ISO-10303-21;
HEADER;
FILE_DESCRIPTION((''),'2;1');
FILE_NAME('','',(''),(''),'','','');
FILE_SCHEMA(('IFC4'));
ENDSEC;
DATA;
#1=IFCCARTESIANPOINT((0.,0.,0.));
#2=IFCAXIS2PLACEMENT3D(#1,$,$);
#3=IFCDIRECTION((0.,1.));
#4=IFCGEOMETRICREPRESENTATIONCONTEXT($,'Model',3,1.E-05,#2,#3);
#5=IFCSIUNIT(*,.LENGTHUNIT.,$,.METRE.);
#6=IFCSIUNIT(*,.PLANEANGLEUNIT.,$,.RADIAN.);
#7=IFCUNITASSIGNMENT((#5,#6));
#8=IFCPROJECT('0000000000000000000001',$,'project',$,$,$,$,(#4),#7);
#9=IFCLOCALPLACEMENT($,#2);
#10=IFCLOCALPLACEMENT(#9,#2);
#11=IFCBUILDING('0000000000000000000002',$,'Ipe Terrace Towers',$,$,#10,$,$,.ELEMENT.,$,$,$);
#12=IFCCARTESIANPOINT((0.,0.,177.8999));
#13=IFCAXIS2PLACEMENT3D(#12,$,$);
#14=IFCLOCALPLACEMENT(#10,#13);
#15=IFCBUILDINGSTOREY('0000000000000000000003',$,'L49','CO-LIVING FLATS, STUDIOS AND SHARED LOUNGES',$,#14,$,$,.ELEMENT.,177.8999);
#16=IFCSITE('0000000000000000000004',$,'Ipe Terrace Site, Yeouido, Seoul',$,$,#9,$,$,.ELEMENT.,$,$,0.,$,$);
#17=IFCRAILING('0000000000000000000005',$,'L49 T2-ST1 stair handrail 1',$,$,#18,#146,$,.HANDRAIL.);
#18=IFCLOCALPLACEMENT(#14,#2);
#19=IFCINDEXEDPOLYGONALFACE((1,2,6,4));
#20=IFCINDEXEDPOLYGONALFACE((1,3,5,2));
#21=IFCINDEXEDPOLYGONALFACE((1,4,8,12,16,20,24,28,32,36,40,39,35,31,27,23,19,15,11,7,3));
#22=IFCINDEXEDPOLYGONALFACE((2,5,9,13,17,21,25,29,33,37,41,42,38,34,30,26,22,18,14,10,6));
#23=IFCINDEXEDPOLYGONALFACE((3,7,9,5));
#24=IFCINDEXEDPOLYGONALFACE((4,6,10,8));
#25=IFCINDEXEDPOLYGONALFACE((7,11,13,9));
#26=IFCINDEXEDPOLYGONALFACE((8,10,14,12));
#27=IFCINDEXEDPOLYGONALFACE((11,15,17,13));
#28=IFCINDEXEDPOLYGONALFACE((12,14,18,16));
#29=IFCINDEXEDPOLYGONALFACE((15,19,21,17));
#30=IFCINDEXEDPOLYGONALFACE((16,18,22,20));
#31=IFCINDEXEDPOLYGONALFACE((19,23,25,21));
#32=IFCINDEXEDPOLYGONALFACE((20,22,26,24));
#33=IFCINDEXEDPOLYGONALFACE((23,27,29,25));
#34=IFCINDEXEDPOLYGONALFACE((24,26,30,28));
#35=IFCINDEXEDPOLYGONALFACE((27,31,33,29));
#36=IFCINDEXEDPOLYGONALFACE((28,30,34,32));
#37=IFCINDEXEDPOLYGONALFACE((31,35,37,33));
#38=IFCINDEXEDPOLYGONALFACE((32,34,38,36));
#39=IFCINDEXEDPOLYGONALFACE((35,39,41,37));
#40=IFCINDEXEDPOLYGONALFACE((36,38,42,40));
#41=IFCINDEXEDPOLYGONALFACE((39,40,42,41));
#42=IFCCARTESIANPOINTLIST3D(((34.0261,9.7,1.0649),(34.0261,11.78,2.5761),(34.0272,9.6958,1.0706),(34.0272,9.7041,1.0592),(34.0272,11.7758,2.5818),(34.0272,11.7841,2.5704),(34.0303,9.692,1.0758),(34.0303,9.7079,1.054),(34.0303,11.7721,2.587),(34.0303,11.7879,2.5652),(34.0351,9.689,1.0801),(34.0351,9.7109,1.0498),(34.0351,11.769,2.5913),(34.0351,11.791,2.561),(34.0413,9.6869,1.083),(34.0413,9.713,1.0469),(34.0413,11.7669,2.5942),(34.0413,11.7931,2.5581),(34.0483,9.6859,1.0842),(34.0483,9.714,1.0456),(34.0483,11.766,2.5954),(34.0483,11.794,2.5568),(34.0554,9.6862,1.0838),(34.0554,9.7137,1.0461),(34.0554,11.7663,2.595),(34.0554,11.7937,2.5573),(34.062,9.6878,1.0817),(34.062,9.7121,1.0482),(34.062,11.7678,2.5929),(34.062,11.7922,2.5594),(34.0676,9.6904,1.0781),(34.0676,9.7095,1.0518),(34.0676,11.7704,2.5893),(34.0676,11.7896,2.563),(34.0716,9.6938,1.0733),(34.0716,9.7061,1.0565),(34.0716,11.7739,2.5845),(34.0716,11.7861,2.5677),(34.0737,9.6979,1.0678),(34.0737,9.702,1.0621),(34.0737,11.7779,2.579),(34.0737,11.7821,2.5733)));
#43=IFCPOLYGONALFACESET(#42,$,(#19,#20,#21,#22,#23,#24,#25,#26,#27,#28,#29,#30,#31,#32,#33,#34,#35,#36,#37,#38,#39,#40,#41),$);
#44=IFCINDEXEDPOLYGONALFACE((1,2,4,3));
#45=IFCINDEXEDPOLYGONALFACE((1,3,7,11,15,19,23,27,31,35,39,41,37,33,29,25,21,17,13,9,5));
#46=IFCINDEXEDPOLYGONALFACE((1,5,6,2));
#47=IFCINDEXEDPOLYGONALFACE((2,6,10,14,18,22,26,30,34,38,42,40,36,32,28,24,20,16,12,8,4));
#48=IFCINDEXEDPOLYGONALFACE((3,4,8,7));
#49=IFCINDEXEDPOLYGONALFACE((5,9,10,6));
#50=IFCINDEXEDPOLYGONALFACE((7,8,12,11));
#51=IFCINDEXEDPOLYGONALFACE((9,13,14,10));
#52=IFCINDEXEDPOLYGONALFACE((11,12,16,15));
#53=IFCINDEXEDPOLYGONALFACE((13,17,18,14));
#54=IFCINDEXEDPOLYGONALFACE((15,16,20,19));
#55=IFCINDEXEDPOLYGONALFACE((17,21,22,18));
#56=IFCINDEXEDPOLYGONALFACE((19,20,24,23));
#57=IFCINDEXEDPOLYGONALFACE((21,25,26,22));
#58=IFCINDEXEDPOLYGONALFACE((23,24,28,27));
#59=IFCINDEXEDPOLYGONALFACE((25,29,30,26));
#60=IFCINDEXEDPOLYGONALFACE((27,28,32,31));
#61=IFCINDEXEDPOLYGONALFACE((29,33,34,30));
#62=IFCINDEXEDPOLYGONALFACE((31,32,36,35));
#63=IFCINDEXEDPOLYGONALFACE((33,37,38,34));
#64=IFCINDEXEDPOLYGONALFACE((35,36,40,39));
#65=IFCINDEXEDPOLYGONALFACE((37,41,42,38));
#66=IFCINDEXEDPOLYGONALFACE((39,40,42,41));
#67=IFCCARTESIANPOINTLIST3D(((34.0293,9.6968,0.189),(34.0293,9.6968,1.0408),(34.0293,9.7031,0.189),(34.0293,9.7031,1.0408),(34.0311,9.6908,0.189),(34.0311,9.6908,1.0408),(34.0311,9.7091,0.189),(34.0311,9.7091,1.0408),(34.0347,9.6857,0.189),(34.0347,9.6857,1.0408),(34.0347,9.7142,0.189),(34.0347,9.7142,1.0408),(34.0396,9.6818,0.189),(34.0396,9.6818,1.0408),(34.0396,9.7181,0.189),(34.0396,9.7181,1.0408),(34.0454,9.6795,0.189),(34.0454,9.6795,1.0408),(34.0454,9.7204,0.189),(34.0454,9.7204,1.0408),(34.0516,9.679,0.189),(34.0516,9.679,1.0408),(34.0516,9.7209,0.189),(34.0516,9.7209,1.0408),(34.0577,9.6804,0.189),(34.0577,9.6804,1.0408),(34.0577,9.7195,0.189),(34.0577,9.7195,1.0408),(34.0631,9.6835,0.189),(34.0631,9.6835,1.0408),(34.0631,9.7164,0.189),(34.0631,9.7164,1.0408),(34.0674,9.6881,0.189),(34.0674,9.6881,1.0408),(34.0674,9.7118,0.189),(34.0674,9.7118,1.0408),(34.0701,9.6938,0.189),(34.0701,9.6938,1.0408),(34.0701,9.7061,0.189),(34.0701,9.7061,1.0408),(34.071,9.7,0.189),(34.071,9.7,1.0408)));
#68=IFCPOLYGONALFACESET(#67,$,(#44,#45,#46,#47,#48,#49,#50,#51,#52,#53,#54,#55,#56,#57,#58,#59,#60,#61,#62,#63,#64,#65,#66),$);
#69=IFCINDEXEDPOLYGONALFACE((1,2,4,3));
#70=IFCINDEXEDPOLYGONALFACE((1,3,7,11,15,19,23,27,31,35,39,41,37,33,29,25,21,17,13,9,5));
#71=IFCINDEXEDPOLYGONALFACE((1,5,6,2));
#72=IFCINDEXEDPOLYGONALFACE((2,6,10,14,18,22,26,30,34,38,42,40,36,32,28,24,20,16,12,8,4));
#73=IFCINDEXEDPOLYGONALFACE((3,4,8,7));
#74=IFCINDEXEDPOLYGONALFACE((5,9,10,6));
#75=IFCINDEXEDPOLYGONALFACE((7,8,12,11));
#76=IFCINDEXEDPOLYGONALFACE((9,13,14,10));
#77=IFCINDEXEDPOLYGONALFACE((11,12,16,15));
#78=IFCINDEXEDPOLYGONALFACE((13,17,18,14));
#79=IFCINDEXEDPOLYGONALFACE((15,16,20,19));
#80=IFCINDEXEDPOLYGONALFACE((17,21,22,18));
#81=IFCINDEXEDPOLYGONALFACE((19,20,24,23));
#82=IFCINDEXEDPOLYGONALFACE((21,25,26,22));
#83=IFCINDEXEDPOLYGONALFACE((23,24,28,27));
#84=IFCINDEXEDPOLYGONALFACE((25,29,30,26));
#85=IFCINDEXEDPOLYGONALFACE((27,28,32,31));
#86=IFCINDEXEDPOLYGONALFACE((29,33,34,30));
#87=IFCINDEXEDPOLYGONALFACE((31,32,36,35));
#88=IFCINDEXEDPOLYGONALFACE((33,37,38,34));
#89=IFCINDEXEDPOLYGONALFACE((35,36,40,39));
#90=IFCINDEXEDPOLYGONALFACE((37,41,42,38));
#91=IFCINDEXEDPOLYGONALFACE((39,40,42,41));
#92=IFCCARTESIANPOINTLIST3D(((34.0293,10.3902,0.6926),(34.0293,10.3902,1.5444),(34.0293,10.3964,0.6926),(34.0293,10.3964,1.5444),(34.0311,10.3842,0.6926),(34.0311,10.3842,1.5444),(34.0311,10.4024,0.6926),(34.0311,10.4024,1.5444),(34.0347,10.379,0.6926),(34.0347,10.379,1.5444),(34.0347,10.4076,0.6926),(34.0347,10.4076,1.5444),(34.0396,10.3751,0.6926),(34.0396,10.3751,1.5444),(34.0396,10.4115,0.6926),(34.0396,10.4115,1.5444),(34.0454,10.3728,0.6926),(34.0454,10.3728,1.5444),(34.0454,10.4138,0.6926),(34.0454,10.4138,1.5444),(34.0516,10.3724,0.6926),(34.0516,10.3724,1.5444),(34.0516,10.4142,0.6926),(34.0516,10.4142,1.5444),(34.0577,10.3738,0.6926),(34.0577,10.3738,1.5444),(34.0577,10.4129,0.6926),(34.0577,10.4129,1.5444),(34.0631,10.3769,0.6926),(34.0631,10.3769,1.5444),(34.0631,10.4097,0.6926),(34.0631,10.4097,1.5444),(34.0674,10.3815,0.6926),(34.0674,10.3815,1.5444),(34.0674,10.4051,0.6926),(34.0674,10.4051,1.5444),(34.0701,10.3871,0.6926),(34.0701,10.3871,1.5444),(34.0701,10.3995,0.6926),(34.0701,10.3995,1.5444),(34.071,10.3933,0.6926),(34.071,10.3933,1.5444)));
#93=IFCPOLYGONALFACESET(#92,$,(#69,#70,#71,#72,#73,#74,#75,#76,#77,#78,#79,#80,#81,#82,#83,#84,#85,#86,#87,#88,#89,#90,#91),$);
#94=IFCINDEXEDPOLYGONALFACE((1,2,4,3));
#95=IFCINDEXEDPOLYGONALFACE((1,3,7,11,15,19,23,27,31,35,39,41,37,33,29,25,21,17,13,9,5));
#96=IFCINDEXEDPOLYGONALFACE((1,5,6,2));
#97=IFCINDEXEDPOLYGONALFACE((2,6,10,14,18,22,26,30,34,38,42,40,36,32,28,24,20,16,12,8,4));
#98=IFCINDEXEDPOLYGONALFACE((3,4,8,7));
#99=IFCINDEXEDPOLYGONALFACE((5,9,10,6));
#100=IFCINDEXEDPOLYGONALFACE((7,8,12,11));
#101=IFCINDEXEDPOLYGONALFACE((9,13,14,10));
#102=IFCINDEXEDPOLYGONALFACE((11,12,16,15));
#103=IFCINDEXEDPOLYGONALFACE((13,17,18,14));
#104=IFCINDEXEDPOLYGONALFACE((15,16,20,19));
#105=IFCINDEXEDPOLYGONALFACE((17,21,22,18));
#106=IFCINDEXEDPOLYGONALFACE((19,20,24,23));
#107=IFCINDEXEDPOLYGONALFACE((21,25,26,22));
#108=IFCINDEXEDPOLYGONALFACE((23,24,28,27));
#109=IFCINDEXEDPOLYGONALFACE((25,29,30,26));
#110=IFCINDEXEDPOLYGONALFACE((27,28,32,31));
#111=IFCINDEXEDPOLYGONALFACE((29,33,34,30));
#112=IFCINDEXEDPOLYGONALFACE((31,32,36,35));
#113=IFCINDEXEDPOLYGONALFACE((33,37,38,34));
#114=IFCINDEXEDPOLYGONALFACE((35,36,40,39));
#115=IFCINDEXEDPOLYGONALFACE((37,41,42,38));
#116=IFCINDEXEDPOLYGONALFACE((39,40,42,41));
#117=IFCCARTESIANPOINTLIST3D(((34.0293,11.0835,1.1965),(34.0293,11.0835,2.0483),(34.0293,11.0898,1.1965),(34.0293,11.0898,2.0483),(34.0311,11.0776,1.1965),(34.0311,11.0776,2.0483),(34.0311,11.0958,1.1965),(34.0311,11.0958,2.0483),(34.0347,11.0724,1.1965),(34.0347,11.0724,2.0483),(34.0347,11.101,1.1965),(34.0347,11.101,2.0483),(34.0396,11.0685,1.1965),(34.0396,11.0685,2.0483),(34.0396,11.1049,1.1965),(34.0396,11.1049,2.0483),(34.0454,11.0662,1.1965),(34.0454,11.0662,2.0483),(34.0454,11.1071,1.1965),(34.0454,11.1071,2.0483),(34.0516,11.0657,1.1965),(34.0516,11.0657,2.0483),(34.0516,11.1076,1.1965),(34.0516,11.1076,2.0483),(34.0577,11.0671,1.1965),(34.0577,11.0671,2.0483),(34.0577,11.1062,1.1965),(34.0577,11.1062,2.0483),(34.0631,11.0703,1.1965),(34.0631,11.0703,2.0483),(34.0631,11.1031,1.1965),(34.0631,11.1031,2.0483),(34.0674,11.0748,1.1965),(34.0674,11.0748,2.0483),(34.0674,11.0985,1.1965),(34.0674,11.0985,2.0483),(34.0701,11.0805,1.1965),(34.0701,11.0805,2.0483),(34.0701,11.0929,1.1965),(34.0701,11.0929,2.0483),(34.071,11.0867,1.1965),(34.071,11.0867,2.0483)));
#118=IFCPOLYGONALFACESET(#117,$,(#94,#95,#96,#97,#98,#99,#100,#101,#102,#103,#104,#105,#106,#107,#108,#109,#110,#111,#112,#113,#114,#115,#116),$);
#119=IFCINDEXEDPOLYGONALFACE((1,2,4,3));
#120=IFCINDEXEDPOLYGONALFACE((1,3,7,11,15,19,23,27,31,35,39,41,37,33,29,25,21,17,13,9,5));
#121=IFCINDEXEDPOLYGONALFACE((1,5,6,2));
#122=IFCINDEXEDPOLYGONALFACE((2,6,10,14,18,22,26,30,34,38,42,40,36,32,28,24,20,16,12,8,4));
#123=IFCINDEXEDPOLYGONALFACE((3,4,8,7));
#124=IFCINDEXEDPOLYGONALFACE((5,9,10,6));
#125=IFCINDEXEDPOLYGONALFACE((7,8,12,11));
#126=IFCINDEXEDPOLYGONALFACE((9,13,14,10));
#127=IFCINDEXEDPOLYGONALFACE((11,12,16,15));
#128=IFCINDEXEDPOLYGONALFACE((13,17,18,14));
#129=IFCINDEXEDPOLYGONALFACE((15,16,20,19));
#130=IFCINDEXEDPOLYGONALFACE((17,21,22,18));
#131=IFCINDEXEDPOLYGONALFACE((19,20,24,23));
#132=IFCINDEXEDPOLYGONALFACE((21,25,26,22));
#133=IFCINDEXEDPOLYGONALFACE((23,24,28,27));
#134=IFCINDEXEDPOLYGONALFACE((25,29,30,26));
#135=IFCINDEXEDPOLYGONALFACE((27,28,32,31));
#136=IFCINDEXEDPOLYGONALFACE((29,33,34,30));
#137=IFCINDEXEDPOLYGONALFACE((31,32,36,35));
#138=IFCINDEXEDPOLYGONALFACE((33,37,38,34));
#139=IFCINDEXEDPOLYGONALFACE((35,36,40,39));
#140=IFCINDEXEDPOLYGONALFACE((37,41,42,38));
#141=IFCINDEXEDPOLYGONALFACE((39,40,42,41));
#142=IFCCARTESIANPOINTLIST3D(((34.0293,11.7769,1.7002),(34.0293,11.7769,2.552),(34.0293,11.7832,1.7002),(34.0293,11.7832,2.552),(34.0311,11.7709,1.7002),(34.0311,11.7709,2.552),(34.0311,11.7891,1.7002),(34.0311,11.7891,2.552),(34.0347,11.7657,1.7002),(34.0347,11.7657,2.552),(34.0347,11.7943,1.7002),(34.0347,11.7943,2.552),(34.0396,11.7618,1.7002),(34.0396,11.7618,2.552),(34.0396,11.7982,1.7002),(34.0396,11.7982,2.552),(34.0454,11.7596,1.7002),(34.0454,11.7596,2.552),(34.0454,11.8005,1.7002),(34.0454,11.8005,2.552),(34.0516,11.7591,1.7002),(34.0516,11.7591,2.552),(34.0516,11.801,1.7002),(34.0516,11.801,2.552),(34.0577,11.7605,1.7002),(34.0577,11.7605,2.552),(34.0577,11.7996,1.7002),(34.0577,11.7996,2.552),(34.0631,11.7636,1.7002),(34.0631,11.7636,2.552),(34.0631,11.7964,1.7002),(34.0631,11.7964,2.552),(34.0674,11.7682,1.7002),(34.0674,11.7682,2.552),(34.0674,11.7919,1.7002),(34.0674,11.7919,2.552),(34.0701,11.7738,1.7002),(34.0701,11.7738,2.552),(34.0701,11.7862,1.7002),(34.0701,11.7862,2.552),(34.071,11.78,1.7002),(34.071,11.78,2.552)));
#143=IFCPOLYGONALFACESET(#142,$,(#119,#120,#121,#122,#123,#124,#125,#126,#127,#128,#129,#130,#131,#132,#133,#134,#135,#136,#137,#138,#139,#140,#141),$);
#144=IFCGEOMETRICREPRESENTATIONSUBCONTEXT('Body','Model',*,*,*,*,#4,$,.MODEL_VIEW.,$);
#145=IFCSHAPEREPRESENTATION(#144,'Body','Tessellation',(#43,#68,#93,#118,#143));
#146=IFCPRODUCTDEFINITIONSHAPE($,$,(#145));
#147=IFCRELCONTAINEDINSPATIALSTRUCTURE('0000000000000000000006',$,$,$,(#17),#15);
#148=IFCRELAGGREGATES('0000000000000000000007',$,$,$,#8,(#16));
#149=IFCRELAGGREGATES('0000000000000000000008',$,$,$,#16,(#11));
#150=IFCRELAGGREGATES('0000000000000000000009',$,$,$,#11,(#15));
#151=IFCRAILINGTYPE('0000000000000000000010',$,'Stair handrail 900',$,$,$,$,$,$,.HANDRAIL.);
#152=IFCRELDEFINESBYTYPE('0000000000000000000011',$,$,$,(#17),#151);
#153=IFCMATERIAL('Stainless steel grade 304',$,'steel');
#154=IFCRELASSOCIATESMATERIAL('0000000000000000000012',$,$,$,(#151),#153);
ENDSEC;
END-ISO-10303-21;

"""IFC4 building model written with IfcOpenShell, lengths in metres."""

from ifc_helpers import new_model, si_unit, direction, frame, origin, origin_2d, place, context, subcontext, project, spatial, circle, extrude, material, type_object, element, save


model = new_model("IFC4")

# Units and contexts
model_context = context("Model", 3, precision=1e-05, world=origin(), true_north=direction((0.0, 1.0)))
body_context = subcontext(model_context, "Body", "Model", "MODEL_VIEW")
ifc_project = project(units=[si_unit("LENGTHUNIT", "METRE"), si_unit("PLANEANGLEUNIT", "RADIAN")], contexts=[model_context])

# Site, building, storey
site_placement = place(None, origin())
site = spatial("IfcSite", under=ifc_project, at=site_placement, Name="Ipe Terrace Site, Yeouido, Seoul", CompositionType="ELEMENT", RefElevation=0.0)
building_placement = place(site_placement, origin())
building = spatial("IfcBuilding", under=site, at=building_placement, Name="Ipe Terrace Towers", CompositionType="ELEMENT")
storey_placement = place(building_placement, frame((0.0, 0.0, 177.8999)))
storey = spatial("IfcBuildingStorey", under=building, at=storey_placement, Name="L49", Description="CO-LIVING FLATS, STUDIOS AND SHARED LOUNGES", CompositionType="ELEMENT", Elevation=177.8999)

# Railing
ifc_material_1 = material(Name="Stainless steel grade 304", Category="steel")
railing_type = type_object("IfcRailingType", Name="Stair handrail 900", PredefinedType="HANDRAIL", material=ifc_material_1)
railing_placement = place(storey_placement, frame((34.05, 9.7, 0.189)))
element("IfcRailing", 1, at=railing_placement, inside=storey, type_object=railing_type, Name="L49 T2-ST1 stair handrail 1", PredefinedType="HANDRAIL", context=body_context, shape_type="SweptSolid", body=[
    extrude(circle(Radius=0.0239, at=origin_2d()), frame((0.0, 0.0, 0.876), z_axis=(0.0, 0.809023, 0.587776), x_axis=(-1.0, 0.0, 0.0)), (0.0, 0.0, 1.0), 2.571),
    extrude(circle(Radius=0.021, at=origin_2d()), origin(), (0.0, 0.0, 1.0), 0.8518),
    extrude(circle(Radius=0.021, at=origin_2d()), frame((0.0, 0.6934, 0.5037)), (0.0, 0.0, 1.0), 0.8518),
    extrude(circle(Radius=0.021, at=origin_2d()), frame((0.0, 1.3867, 1.0076)), (0.0, 0.0, 1.0), 0.8518),
    extrude(circle(Radius=0.021, at=origin_2d()), frame((0.0, 2.0801, 1.5112)), (0.0, 0.0, 1.0), 0.8518),
])

save(model, "model.ifc")
